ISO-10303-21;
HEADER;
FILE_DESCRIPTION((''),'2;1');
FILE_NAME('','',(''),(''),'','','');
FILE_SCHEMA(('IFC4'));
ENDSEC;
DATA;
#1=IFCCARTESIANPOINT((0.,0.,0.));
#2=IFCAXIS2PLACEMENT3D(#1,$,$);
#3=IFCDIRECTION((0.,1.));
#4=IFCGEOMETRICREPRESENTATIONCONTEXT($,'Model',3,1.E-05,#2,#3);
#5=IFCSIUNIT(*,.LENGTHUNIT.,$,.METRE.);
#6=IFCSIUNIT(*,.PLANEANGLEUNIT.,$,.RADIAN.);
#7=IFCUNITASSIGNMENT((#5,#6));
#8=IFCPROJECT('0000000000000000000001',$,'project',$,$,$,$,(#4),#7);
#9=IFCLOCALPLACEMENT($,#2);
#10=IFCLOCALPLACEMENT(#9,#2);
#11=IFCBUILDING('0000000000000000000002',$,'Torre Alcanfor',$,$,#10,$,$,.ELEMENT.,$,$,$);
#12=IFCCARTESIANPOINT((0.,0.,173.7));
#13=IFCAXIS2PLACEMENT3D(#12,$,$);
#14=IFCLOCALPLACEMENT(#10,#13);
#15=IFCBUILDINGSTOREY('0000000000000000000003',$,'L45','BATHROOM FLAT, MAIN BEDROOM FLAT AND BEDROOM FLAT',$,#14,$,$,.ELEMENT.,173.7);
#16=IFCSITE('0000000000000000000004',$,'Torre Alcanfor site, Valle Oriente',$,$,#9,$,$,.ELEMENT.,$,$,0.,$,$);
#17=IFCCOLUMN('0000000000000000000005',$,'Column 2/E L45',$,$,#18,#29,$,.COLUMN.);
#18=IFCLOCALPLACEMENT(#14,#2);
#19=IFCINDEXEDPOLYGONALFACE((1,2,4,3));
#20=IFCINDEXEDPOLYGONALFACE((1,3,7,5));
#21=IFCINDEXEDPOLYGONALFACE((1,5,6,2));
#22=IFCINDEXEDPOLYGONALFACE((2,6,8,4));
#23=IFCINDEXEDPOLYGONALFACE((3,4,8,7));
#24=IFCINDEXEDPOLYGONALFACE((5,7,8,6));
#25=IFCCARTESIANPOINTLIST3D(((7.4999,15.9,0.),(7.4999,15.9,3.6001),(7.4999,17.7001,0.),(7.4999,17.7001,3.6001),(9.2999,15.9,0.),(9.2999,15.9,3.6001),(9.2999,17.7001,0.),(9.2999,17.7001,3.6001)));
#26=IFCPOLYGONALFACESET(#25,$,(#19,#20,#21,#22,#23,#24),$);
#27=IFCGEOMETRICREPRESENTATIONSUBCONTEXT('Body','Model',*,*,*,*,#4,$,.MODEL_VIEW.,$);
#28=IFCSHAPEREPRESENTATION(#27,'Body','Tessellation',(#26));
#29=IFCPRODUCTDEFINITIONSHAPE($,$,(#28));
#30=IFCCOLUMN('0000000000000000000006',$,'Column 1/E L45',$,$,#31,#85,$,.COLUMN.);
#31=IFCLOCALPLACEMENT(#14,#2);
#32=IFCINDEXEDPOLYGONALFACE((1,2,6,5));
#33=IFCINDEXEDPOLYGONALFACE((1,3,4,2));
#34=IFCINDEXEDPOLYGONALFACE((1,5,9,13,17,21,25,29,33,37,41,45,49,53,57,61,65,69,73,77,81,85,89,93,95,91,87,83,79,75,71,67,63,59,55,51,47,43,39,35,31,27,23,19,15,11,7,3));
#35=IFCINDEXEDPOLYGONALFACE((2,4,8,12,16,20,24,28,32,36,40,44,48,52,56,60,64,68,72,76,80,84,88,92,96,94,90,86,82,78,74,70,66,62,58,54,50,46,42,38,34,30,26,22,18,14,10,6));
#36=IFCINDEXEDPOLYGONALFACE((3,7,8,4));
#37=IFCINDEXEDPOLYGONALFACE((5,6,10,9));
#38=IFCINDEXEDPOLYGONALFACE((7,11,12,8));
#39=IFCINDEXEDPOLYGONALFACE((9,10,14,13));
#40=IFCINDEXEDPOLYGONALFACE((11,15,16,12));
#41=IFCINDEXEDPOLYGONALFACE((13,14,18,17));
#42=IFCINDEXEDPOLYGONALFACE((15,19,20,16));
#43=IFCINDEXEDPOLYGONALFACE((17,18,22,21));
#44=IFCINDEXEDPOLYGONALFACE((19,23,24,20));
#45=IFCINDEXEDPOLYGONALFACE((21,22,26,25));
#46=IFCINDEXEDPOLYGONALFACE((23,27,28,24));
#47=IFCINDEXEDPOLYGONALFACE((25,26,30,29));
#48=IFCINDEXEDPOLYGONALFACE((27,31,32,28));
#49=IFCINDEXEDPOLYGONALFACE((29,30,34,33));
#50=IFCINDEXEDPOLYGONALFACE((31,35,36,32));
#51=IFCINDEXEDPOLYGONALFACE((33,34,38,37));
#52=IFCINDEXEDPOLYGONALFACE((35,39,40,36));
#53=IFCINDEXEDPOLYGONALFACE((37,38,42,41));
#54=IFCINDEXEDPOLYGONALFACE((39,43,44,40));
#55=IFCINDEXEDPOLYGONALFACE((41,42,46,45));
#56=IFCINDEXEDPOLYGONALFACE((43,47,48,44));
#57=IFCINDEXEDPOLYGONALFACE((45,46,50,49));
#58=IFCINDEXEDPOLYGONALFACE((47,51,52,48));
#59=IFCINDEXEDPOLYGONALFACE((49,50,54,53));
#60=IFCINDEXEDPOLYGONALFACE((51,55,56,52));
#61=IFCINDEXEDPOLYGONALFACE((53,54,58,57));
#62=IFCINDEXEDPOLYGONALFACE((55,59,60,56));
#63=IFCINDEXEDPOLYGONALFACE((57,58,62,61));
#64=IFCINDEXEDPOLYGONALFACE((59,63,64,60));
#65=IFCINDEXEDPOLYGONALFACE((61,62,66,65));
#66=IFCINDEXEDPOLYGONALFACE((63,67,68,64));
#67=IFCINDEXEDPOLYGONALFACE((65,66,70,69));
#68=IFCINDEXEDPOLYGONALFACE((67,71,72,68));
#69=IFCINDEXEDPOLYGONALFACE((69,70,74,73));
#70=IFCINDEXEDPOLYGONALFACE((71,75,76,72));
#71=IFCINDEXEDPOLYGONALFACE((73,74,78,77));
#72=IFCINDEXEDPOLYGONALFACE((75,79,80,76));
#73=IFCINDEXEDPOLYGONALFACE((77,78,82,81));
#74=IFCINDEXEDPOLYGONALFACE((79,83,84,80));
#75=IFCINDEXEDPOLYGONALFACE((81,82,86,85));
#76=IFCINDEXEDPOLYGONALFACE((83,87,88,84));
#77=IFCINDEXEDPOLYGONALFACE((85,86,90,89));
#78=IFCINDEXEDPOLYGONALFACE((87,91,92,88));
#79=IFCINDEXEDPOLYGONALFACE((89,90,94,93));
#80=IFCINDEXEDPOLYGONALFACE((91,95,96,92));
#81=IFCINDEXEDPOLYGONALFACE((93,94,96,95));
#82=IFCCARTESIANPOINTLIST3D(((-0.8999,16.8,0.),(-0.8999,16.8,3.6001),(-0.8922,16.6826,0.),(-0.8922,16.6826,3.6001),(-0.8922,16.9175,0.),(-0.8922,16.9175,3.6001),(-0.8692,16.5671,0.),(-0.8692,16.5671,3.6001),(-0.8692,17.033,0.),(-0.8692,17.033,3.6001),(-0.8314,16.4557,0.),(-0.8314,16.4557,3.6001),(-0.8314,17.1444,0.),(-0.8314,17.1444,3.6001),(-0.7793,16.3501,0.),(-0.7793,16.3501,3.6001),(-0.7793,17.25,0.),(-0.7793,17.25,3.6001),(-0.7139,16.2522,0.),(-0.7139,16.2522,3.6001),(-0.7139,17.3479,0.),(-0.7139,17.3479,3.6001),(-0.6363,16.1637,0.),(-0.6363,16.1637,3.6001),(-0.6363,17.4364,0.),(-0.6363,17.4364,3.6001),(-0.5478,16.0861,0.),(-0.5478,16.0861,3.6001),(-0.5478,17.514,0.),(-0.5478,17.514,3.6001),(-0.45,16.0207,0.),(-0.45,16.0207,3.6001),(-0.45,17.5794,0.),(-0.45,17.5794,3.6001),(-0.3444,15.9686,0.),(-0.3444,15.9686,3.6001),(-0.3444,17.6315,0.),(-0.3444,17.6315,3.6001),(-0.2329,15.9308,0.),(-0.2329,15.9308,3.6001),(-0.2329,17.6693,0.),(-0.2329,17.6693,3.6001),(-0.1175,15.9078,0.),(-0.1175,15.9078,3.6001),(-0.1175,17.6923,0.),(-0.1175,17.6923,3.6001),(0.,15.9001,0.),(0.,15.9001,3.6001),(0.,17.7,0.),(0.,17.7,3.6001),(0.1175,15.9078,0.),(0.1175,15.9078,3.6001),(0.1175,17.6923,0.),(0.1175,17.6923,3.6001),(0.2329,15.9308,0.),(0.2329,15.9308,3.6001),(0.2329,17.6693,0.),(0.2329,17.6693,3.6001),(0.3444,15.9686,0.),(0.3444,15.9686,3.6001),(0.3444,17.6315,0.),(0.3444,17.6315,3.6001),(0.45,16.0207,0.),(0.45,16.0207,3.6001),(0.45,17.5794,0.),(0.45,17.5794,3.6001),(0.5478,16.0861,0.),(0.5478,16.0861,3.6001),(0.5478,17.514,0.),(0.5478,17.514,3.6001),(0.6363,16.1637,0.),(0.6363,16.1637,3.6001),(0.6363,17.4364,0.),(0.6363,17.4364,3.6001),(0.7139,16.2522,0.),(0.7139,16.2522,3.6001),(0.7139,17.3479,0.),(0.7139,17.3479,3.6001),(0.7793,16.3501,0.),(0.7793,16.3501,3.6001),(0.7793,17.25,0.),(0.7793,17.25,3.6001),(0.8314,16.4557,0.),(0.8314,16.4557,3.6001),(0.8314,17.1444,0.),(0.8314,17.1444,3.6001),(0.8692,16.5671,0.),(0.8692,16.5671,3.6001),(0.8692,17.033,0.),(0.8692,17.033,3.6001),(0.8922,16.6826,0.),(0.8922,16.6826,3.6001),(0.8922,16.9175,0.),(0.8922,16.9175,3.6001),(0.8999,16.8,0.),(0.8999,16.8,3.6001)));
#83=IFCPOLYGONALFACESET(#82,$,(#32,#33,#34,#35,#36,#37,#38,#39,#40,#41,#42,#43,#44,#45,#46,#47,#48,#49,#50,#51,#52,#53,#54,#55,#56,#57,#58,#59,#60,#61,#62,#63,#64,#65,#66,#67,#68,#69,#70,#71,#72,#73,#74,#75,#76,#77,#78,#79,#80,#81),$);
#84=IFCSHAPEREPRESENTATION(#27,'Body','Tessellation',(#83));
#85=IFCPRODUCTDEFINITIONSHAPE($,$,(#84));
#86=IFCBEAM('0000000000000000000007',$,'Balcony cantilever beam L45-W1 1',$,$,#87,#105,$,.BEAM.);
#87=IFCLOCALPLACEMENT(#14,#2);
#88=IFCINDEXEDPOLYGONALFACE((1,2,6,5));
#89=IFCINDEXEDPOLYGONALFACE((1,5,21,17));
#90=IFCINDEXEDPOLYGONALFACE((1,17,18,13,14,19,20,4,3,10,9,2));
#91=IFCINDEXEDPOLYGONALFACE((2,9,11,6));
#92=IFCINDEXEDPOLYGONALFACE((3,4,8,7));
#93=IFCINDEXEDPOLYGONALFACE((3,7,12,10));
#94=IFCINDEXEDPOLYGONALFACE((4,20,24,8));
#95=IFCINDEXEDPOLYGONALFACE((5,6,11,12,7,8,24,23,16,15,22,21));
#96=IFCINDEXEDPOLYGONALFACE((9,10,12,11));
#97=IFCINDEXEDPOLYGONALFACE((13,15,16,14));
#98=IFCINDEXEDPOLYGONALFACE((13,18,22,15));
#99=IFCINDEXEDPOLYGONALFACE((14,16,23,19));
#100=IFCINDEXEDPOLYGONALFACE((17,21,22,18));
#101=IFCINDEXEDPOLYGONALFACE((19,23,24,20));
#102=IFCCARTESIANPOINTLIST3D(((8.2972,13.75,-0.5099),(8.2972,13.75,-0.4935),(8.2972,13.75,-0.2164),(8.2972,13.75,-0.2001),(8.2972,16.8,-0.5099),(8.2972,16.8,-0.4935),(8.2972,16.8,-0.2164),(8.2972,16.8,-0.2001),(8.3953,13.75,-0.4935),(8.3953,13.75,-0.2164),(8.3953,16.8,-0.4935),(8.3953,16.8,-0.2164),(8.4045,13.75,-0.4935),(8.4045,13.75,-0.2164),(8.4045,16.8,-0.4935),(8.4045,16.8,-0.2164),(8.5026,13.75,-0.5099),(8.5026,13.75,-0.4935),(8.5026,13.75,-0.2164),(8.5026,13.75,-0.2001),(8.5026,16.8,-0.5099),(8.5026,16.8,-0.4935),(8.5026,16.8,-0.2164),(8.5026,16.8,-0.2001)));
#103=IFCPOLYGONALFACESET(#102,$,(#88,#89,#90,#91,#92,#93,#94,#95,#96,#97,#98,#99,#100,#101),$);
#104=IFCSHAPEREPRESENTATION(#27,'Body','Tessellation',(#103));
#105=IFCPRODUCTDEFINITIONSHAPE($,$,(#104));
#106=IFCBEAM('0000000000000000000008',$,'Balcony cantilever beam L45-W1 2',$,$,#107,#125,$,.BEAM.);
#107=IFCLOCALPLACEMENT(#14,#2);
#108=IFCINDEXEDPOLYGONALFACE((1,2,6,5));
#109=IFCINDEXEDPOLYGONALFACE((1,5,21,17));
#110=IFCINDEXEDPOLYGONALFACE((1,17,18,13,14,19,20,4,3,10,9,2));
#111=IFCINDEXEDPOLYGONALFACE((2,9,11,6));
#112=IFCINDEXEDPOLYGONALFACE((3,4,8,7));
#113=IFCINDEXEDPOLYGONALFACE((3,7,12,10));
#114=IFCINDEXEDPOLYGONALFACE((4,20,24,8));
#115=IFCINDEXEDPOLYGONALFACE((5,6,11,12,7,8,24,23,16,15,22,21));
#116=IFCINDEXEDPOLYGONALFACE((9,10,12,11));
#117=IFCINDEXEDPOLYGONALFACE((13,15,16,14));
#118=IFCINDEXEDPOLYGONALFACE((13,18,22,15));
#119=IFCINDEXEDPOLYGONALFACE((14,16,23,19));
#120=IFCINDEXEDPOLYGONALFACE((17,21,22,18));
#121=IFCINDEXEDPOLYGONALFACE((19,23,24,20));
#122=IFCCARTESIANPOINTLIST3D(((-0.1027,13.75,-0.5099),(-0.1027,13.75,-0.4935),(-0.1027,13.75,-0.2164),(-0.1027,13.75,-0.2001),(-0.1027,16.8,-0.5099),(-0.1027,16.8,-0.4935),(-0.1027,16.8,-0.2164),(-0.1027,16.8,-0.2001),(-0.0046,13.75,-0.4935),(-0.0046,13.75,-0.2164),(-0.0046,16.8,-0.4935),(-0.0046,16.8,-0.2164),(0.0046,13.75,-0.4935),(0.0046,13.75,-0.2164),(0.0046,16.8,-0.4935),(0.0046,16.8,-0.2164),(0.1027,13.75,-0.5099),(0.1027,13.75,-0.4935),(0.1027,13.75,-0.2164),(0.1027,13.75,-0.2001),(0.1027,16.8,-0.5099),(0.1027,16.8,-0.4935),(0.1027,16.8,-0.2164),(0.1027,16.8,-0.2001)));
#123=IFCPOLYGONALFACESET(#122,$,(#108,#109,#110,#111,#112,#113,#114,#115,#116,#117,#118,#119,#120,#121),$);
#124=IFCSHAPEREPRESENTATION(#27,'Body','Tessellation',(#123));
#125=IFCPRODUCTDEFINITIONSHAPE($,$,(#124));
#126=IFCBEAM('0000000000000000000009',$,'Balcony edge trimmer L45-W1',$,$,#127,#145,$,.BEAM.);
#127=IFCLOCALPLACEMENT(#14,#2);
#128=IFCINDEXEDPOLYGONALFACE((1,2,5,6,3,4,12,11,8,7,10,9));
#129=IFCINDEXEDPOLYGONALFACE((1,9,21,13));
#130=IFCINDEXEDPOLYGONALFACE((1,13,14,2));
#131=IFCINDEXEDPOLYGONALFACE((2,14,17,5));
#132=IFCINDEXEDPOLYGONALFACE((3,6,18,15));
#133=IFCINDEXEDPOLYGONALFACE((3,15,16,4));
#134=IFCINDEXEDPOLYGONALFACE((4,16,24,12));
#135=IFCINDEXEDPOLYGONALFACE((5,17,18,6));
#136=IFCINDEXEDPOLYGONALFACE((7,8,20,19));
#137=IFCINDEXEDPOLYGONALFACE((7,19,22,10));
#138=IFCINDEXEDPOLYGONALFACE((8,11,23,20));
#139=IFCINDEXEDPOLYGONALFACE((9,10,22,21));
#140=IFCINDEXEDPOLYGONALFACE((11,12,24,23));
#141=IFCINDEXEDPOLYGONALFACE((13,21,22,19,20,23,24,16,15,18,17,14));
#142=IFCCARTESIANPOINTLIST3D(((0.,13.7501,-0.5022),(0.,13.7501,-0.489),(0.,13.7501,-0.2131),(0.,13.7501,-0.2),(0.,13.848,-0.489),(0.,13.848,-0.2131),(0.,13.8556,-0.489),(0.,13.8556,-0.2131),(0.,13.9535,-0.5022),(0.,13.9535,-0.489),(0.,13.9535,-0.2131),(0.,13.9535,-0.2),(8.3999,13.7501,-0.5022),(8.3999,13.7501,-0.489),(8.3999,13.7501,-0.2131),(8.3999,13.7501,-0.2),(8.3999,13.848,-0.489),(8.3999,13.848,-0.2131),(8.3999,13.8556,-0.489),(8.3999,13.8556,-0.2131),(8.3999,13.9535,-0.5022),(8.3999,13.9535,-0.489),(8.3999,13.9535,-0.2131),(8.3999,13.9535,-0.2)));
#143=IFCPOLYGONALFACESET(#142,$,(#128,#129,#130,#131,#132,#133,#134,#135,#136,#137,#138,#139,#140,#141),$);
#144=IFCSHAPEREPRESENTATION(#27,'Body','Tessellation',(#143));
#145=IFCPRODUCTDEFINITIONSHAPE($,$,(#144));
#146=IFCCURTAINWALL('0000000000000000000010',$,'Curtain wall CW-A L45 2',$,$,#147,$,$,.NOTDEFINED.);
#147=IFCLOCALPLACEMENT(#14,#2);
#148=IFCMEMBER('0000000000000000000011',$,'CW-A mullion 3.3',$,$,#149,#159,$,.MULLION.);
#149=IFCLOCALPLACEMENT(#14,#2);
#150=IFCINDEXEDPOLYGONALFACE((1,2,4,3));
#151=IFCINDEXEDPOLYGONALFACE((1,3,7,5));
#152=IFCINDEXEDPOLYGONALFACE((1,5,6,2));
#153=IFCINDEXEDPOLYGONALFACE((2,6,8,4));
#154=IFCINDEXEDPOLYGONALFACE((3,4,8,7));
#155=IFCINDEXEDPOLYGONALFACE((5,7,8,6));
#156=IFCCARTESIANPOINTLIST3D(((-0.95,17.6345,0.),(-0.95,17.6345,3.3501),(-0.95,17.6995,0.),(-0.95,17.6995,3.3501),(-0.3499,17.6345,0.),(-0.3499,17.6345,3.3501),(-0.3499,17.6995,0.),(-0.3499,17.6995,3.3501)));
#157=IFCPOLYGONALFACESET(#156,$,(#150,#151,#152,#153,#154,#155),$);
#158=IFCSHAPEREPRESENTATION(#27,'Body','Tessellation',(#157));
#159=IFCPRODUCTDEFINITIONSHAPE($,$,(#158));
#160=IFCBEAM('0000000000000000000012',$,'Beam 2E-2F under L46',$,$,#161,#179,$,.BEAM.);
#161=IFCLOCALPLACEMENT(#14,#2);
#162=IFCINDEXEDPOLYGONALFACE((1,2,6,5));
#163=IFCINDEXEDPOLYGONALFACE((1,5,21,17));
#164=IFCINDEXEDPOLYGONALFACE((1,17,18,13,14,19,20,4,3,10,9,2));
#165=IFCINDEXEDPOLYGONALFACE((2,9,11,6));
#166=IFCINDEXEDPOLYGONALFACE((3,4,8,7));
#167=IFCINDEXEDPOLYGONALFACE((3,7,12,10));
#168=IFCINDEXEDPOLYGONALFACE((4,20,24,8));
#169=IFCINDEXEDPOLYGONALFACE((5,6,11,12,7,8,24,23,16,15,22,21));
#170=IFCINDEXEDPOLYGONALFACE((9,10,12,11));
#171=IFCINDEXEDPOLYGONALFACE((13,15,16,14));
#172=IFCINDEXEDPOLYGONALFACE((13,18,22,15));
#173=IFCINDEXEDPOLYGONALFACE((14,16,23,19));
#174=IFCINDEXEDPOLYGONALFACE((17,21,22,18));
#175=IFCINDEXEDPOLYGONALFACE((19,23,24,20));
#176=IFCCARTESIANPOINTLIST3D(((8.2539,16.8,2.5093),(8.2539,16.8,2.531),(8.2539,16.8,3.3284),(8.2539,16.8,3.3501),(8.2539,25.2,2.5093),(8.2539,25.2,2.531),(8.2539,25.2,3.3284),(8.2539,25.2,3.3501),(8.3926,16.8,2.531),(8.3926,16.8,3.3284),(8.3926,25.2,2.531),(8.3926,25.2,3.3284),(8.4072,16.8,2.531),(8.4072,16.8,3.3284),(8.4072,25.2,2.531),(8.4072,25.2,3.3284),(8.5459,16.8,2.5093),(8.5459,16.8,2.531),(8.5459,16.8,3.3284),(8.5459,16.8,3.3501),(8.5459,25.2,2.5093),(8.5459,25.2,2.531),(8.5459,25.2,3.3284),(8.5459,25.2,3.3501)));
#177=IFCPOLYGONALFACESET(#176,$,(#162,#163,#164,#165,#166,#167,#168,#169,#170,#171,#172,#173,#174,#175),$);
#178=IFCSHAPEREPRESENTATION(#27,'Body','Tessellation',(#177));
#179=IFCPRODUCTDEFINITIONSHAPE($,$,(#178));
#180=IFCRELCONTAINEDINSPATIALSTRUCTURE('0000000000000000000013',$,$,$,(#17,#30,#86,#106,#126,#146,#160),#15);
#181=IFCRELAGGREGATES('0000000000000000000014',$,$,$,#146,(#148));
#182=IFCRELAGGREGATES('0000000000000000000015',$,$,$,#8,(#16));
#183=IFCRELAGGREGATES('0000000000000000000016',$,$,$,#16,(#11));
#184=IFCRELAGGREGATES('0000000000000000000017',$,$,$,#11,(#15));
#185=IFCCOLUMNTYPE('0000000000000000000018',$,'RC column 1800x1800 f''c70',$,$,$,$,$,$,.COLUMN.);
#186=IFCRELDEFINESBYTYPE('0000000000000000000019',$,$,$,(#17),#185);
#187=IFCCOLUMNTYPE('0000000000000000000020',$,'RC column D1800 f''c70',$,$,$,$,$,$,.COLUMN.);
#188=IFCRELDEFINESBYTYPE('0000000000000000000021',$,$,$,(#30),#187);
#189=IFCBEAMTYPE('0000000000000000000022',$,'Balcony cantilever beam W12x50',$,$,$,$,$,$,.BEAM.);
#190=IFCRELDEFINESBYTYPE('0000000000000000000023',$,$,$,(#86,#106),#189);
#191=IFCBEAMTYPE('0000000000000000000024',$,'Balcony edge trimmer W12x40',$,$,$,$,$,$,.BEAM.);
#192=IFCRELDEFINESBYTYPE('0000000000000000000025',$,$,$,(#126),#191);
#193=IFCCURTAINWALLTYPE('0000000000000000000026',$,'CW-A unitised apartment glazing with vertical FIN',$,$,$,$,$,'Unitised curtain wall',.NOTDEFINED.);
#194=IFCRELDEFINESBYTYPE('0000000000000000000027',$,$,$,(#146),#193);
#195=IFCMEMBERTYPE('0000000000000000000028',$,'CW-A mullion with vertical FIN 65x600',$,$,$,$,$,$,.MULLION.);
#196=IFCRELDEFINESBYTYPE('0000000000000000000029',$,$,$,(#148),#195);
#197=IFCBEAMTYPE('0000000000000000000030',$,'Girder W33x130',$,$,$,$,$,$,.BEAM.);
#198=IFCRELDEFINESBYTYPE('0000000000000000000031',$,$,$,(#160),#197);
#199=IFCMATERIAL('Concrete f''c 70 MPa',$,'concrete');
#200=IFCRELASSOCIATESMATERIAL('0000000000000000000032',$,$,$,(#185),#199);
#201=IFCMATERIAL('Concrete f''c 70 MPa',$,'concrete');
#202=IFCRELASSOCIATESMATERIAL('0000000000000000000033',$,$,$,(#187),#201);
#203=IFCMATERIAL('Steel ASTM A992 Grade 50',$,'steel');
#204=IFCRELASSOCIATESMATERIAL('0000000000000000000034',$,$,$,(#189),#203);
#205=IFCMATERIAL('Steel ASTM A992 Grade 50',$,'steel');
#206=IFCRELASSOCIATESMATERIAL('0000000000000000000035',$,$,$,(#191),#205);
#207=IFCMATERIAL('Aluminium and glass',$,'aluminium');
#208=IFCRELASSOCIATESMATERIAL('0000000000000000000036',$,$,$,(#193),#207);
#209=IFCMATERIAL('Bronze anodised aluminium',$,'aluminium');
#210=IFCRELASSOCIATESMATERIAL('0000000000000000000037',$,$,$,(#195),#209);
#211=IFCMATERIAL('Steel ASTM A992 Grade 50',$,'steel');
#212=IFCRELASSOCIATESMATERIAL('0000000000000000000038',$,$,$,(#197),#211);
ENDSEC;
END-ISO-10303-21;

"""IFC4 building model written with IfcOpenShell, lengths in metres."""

from ifc_helpers import new_model, si_unit, direction, frame, origin, origin_2d, place, context, subcontext, project, spatial, rectangle, circle, i_section, extrude, material, material_profile, profile_set, type_object, element, aggregate, save


model = new_model("IFC4")

# Units and contexts
model_context = context("Model", 3, precision=1e-05, world=origin(), true_north=direction((0.0, 1.0)))
body_context = subcontext(model_context, "Body", "Model", "MODEL_VIEW")
ifc_project = project(units=[si_unit("LENGTHUNIT", "METRE"), si_unit("PLANEANGLEUNIT", "RADIAN")], contexts=[model_context])

# Site, building, storey
site_placement = place(None, origin())
site = spatial("IfcSite", under=ifc_project, at=site_placement, Name="Torre Alcanfor site, Valle Oriente", CompositionType="ELEMENT", RefElevation=0.0)
building_placement = place(site_placement, origin())
building = spatial("IfcBuilding", under=site, at=building_placement, Name="Torre Alcanfor", CompositionType="ELEMENT")
storey_placement = place(building_placement, frame((0.0, 0.0, 173.7)))
storey = spatial("IfcBuildingStorey", under=building, at=storey_placement, Name="L45", Description="BATHROOM FLAT, MAIN BEDROOM FLAT AND BEDROOM FLAT", CompositionType="ELEMENT", Elevation=173.7)

# Columns
ifc_material_1 = material(Name="Concrete f'c 70 MPa", Category="concrete")
ifc_material_profile_1 = material_profile(ifc_material_1, rectangle(XDim=1.8, YDim=1.8, at=origin_2d()), Name="1800x1800")
ifc_profile_set_1 = profile_set([ifc_material_profile_1], Name="Concrete f'c 70 MPa")
column_type_1 = type_object("IfcColumnType", Name="RC column 1800x1800 f'c70", PredefinedType="COLUMN", material=ifc_profile_set_1)
column_1_placement = place(storey_placement, frame((8.3999, 16.8, 0.0), z_axis=(0.0, 0.0, 1.0), x_axis=(1.0, 0.0, 0.0)))
element("IfcColumn", 1, at=column_1_placement, inside=storey, type_object=column_type_1, Name="Column 2/E L45", PredefinedType="COLUMN", context=body_context, shape_type="SweptSolid", body=[
    extrude(rectangle(XDim=1.8, YDim=1.8, at=origin_2d()), origin(), (0.0, 0.0, 1.0), 3.6001),
])
ifc_material_2 = material(Name="Concrete f'c 70 MPa", Category="concrete")
ifc_material_profile_2 = material_profile(ifc_material_2, circle(Radius=0.8999, at=origin_2d()), Name="D1800")
ifc_profile_set_2 = profile_set([ifc_material_profile_2], Name="Concrete f'c 70 MPa")
column_type_2 = type_object("IfcColumnType", Name="RC column D1800 f'c70", PredefinedType="COLUMN", material=ifc_profile_set_2)
column_2_placement = place(storey_placement, frame((0.0, 16.8, 0.0), z_axis=(0.0, 0.0, 1.0), x_axis=(1.0, 0.0, 0.0)))
element("IfcColumn", 2, at=column_2_placement, inside=storey, type_object=column_type_2, Name="Column 1/E L45", PredefinedType="COLUMN", context=body_context, shape_type="SweptSolid", body=[
    extrude(circle(Radius=0.8999, at=origin_2d()), origin(), (0.0, 0.0, 1.0), 3.6001),
])

# Beams
ifc_material_3 = material(Name="Steel ASTM A992 Grade 50", Category="steel")
ifc_material_profile_3 = material_profile(ifc_material_3, i_section(OverallWidth=0.2053, OverallDepth=0.3098, WebThickness=0.0093, FlangeThickness=0.0164, at=origin_2d()), Name="W12x50")
ifc_profile_set_3 = profile_set([ifc_material_profile_3], Name="Steel ASTM A992 Grade 50")
beam_type_1 = type_object("IfcBeamType", Name="Balcony cantilever beam W12x50", PredefinedType="BEAM", material=ifc_profile_set_3)
for number, where, z_axis, x_axis, name in (
    (3, (8.3999, 16.8, -0.355), (0.0, -1.0, 0.0), (1.0, 0.0, 0.0), "Balcony cantilever beam L45-W1 1"),
    (4, (0.0, 16.8, -0.355), (0.0, -1.0, 0.0), (1.0, 0.0, 0.0), "Balcony cantilever beam L45-W1 2"),
):
    element("IfcBeam", number, at=place(storey_placement, frame(where, z_axis=z_axis, x_axis=x_axis)), inside=storey, type_object=beam_type_1, Name=name, PredefinedType="BEAM", context=body_context, shape_type="SweptSolid", body=[
        extrude(i_section(OverallWidth=0.2053, OverallDepth=0.3098, WebThickness=0.0093, FlangeThickness=0.0164, at=origin_2d()), origin(), (0.0, 0.0, 1.0), 3.05),
    ])
ifc_material_4 = material(Name="Steel ASTM A992 Grade 50", Category="steel")
ifc_material_profile_4 = material_profile(ifc_material_4, i_section(OverallWidth=0.2034, OverallDepth=0.3022, WebThickness=0.0076, FlangeThickness=0.0132, at=origin_2d()), Name="W12x40")
ifc_profile_set_4 = profile_set([ifc_material_profile_4], Name="Steel ASTM A992 Grade 50")
beam_type_2 = type_object("IfcBeamType", Name="Balcony edge trimmer W12x40", PredefinedType="BEAM", material=ifc_profile_set_4)
beam_1_placement = place(storey_placement, frame((8.3999, 13.8518, -0.3511), z_axis=(-1.0, 0.0, 0.0), x_axis=(0.0, -1.0, 0.0)))
element("IfcBeam", 5, at=beam_1_placement, inside=storey, type_object=beam_type_2, Name="Balcony edge trimmer L45-W1", PredefinedType="BEAM", context=body_context, shape_type="SweptSolid", body=[
    extrude(i_section(OverallWidth=0.2034, OverallDepth=0.3022, WebThickness=0.0076, FlangeThickness=0.0132, at=origin_2d()), origin(), (0.0, 0.0, 1.0), 8.3999),
])

# Curtain wall, member
ifc_material_5 = material(Name="Aluminium and glass", Category="aluminium")
curtain_wall_type = type_object("IfcCurtainWallType", Name="CW-A unitised apartment glazing with vertical FIN", ElementType="Unitised curtain wall", PredefinedType="NOTDEFINED", material=ifc_material_5)
curtain_wall_placement = place(storey_placement, origin())
curtain_wall = element("IfcCurtainWall", 6, at=curtain_wall_placement, inside=storey, type_object=curtain_wall_type, Name="Curtain wall CW-A L45 2", PredefinedType="NOTDEFINED")
ifc_material_6 = material(Name="Bronze anodised aluminium", Category="aluminium")
ifc_material_profile_5 = material_profile(ifc_material_6, rectangle(XDim=0.6001, YDim=0.0649, at=origin_2d()), Name="CW-A mullion 65x600")
ifc_profile_set_5 = profile_set([ifc_material_profile_5], Name="Bronze anodised aluminium")
member_type = type_object("IfcMemberType", Name="CW-A mullion with vertical FIN 65x600", PredefinedType="MULLION", material=ifc_profile_set_5)
member_placement = place(storey_placement, frame((-0.6499, 17.667, 0.0), z_axis=(0.0, 0.0, 1.0), x_axis=(1.0, 0.0, 0.0)))
member = element("IfcMember", 7, at=member_placement, type_object=member_type, Name="CW-A mullion 3.3", PredefinedType="MULLION", context=body_context, shape_type="SweptSolid", body=[
    extrude(rectangle(XDim=0.6001, YDim=0.0649, at=origin_2d()), origin(), (0.0, 0.0, 1.0), 3.3501),
])
aggregate(curtain_wall, [member])

# Beam
ifc_material_7 = material(Name="Steel ASTM A992 Grade 50", Category="steel")
ifc_material_profile_6 = material_profile(ifc_material_7, i_section(OverallWidth=0.292, OverallDepth=0.8408, WebThickness=0.0146, FlangeThickness=0.0217, at=origin_2d()), Name="W33x130")
ifc_profile_set_6 = profile_set([ifc_material_profile_6], Name="Steel ASTM A992 Grade 50")
beam_type_3 = type_object("IfcBeamType", Name="Girder W33x130", PredefinedType="BEAM", material=ifc_profile_set_6)
beam_2_placement = place(storey_placement, frame((8.3999, 16.8, 2.9297), z_axis=(0.0, 1.0, 0.0), x_axis=(-1.0, 0.0, 0.0)))
element("IfcBeam", 8, at=beam_2_placement, inside=storey, type_object=beam_type_3, Name="Beam 2E-2F under L46", PredefinedType="BEAM", context=body_context, shape_type="SweptSolid", body=[
    extrude(i_section(OverallWidth=0.292, OverallDepth=0.8408, WebThickness=0.0146, FlangeThickness=0.0217, at=origin_2d()), origin(), (0.0, 0.0, 1.0), 8.3999),
])

save(model, "model.ifc")
